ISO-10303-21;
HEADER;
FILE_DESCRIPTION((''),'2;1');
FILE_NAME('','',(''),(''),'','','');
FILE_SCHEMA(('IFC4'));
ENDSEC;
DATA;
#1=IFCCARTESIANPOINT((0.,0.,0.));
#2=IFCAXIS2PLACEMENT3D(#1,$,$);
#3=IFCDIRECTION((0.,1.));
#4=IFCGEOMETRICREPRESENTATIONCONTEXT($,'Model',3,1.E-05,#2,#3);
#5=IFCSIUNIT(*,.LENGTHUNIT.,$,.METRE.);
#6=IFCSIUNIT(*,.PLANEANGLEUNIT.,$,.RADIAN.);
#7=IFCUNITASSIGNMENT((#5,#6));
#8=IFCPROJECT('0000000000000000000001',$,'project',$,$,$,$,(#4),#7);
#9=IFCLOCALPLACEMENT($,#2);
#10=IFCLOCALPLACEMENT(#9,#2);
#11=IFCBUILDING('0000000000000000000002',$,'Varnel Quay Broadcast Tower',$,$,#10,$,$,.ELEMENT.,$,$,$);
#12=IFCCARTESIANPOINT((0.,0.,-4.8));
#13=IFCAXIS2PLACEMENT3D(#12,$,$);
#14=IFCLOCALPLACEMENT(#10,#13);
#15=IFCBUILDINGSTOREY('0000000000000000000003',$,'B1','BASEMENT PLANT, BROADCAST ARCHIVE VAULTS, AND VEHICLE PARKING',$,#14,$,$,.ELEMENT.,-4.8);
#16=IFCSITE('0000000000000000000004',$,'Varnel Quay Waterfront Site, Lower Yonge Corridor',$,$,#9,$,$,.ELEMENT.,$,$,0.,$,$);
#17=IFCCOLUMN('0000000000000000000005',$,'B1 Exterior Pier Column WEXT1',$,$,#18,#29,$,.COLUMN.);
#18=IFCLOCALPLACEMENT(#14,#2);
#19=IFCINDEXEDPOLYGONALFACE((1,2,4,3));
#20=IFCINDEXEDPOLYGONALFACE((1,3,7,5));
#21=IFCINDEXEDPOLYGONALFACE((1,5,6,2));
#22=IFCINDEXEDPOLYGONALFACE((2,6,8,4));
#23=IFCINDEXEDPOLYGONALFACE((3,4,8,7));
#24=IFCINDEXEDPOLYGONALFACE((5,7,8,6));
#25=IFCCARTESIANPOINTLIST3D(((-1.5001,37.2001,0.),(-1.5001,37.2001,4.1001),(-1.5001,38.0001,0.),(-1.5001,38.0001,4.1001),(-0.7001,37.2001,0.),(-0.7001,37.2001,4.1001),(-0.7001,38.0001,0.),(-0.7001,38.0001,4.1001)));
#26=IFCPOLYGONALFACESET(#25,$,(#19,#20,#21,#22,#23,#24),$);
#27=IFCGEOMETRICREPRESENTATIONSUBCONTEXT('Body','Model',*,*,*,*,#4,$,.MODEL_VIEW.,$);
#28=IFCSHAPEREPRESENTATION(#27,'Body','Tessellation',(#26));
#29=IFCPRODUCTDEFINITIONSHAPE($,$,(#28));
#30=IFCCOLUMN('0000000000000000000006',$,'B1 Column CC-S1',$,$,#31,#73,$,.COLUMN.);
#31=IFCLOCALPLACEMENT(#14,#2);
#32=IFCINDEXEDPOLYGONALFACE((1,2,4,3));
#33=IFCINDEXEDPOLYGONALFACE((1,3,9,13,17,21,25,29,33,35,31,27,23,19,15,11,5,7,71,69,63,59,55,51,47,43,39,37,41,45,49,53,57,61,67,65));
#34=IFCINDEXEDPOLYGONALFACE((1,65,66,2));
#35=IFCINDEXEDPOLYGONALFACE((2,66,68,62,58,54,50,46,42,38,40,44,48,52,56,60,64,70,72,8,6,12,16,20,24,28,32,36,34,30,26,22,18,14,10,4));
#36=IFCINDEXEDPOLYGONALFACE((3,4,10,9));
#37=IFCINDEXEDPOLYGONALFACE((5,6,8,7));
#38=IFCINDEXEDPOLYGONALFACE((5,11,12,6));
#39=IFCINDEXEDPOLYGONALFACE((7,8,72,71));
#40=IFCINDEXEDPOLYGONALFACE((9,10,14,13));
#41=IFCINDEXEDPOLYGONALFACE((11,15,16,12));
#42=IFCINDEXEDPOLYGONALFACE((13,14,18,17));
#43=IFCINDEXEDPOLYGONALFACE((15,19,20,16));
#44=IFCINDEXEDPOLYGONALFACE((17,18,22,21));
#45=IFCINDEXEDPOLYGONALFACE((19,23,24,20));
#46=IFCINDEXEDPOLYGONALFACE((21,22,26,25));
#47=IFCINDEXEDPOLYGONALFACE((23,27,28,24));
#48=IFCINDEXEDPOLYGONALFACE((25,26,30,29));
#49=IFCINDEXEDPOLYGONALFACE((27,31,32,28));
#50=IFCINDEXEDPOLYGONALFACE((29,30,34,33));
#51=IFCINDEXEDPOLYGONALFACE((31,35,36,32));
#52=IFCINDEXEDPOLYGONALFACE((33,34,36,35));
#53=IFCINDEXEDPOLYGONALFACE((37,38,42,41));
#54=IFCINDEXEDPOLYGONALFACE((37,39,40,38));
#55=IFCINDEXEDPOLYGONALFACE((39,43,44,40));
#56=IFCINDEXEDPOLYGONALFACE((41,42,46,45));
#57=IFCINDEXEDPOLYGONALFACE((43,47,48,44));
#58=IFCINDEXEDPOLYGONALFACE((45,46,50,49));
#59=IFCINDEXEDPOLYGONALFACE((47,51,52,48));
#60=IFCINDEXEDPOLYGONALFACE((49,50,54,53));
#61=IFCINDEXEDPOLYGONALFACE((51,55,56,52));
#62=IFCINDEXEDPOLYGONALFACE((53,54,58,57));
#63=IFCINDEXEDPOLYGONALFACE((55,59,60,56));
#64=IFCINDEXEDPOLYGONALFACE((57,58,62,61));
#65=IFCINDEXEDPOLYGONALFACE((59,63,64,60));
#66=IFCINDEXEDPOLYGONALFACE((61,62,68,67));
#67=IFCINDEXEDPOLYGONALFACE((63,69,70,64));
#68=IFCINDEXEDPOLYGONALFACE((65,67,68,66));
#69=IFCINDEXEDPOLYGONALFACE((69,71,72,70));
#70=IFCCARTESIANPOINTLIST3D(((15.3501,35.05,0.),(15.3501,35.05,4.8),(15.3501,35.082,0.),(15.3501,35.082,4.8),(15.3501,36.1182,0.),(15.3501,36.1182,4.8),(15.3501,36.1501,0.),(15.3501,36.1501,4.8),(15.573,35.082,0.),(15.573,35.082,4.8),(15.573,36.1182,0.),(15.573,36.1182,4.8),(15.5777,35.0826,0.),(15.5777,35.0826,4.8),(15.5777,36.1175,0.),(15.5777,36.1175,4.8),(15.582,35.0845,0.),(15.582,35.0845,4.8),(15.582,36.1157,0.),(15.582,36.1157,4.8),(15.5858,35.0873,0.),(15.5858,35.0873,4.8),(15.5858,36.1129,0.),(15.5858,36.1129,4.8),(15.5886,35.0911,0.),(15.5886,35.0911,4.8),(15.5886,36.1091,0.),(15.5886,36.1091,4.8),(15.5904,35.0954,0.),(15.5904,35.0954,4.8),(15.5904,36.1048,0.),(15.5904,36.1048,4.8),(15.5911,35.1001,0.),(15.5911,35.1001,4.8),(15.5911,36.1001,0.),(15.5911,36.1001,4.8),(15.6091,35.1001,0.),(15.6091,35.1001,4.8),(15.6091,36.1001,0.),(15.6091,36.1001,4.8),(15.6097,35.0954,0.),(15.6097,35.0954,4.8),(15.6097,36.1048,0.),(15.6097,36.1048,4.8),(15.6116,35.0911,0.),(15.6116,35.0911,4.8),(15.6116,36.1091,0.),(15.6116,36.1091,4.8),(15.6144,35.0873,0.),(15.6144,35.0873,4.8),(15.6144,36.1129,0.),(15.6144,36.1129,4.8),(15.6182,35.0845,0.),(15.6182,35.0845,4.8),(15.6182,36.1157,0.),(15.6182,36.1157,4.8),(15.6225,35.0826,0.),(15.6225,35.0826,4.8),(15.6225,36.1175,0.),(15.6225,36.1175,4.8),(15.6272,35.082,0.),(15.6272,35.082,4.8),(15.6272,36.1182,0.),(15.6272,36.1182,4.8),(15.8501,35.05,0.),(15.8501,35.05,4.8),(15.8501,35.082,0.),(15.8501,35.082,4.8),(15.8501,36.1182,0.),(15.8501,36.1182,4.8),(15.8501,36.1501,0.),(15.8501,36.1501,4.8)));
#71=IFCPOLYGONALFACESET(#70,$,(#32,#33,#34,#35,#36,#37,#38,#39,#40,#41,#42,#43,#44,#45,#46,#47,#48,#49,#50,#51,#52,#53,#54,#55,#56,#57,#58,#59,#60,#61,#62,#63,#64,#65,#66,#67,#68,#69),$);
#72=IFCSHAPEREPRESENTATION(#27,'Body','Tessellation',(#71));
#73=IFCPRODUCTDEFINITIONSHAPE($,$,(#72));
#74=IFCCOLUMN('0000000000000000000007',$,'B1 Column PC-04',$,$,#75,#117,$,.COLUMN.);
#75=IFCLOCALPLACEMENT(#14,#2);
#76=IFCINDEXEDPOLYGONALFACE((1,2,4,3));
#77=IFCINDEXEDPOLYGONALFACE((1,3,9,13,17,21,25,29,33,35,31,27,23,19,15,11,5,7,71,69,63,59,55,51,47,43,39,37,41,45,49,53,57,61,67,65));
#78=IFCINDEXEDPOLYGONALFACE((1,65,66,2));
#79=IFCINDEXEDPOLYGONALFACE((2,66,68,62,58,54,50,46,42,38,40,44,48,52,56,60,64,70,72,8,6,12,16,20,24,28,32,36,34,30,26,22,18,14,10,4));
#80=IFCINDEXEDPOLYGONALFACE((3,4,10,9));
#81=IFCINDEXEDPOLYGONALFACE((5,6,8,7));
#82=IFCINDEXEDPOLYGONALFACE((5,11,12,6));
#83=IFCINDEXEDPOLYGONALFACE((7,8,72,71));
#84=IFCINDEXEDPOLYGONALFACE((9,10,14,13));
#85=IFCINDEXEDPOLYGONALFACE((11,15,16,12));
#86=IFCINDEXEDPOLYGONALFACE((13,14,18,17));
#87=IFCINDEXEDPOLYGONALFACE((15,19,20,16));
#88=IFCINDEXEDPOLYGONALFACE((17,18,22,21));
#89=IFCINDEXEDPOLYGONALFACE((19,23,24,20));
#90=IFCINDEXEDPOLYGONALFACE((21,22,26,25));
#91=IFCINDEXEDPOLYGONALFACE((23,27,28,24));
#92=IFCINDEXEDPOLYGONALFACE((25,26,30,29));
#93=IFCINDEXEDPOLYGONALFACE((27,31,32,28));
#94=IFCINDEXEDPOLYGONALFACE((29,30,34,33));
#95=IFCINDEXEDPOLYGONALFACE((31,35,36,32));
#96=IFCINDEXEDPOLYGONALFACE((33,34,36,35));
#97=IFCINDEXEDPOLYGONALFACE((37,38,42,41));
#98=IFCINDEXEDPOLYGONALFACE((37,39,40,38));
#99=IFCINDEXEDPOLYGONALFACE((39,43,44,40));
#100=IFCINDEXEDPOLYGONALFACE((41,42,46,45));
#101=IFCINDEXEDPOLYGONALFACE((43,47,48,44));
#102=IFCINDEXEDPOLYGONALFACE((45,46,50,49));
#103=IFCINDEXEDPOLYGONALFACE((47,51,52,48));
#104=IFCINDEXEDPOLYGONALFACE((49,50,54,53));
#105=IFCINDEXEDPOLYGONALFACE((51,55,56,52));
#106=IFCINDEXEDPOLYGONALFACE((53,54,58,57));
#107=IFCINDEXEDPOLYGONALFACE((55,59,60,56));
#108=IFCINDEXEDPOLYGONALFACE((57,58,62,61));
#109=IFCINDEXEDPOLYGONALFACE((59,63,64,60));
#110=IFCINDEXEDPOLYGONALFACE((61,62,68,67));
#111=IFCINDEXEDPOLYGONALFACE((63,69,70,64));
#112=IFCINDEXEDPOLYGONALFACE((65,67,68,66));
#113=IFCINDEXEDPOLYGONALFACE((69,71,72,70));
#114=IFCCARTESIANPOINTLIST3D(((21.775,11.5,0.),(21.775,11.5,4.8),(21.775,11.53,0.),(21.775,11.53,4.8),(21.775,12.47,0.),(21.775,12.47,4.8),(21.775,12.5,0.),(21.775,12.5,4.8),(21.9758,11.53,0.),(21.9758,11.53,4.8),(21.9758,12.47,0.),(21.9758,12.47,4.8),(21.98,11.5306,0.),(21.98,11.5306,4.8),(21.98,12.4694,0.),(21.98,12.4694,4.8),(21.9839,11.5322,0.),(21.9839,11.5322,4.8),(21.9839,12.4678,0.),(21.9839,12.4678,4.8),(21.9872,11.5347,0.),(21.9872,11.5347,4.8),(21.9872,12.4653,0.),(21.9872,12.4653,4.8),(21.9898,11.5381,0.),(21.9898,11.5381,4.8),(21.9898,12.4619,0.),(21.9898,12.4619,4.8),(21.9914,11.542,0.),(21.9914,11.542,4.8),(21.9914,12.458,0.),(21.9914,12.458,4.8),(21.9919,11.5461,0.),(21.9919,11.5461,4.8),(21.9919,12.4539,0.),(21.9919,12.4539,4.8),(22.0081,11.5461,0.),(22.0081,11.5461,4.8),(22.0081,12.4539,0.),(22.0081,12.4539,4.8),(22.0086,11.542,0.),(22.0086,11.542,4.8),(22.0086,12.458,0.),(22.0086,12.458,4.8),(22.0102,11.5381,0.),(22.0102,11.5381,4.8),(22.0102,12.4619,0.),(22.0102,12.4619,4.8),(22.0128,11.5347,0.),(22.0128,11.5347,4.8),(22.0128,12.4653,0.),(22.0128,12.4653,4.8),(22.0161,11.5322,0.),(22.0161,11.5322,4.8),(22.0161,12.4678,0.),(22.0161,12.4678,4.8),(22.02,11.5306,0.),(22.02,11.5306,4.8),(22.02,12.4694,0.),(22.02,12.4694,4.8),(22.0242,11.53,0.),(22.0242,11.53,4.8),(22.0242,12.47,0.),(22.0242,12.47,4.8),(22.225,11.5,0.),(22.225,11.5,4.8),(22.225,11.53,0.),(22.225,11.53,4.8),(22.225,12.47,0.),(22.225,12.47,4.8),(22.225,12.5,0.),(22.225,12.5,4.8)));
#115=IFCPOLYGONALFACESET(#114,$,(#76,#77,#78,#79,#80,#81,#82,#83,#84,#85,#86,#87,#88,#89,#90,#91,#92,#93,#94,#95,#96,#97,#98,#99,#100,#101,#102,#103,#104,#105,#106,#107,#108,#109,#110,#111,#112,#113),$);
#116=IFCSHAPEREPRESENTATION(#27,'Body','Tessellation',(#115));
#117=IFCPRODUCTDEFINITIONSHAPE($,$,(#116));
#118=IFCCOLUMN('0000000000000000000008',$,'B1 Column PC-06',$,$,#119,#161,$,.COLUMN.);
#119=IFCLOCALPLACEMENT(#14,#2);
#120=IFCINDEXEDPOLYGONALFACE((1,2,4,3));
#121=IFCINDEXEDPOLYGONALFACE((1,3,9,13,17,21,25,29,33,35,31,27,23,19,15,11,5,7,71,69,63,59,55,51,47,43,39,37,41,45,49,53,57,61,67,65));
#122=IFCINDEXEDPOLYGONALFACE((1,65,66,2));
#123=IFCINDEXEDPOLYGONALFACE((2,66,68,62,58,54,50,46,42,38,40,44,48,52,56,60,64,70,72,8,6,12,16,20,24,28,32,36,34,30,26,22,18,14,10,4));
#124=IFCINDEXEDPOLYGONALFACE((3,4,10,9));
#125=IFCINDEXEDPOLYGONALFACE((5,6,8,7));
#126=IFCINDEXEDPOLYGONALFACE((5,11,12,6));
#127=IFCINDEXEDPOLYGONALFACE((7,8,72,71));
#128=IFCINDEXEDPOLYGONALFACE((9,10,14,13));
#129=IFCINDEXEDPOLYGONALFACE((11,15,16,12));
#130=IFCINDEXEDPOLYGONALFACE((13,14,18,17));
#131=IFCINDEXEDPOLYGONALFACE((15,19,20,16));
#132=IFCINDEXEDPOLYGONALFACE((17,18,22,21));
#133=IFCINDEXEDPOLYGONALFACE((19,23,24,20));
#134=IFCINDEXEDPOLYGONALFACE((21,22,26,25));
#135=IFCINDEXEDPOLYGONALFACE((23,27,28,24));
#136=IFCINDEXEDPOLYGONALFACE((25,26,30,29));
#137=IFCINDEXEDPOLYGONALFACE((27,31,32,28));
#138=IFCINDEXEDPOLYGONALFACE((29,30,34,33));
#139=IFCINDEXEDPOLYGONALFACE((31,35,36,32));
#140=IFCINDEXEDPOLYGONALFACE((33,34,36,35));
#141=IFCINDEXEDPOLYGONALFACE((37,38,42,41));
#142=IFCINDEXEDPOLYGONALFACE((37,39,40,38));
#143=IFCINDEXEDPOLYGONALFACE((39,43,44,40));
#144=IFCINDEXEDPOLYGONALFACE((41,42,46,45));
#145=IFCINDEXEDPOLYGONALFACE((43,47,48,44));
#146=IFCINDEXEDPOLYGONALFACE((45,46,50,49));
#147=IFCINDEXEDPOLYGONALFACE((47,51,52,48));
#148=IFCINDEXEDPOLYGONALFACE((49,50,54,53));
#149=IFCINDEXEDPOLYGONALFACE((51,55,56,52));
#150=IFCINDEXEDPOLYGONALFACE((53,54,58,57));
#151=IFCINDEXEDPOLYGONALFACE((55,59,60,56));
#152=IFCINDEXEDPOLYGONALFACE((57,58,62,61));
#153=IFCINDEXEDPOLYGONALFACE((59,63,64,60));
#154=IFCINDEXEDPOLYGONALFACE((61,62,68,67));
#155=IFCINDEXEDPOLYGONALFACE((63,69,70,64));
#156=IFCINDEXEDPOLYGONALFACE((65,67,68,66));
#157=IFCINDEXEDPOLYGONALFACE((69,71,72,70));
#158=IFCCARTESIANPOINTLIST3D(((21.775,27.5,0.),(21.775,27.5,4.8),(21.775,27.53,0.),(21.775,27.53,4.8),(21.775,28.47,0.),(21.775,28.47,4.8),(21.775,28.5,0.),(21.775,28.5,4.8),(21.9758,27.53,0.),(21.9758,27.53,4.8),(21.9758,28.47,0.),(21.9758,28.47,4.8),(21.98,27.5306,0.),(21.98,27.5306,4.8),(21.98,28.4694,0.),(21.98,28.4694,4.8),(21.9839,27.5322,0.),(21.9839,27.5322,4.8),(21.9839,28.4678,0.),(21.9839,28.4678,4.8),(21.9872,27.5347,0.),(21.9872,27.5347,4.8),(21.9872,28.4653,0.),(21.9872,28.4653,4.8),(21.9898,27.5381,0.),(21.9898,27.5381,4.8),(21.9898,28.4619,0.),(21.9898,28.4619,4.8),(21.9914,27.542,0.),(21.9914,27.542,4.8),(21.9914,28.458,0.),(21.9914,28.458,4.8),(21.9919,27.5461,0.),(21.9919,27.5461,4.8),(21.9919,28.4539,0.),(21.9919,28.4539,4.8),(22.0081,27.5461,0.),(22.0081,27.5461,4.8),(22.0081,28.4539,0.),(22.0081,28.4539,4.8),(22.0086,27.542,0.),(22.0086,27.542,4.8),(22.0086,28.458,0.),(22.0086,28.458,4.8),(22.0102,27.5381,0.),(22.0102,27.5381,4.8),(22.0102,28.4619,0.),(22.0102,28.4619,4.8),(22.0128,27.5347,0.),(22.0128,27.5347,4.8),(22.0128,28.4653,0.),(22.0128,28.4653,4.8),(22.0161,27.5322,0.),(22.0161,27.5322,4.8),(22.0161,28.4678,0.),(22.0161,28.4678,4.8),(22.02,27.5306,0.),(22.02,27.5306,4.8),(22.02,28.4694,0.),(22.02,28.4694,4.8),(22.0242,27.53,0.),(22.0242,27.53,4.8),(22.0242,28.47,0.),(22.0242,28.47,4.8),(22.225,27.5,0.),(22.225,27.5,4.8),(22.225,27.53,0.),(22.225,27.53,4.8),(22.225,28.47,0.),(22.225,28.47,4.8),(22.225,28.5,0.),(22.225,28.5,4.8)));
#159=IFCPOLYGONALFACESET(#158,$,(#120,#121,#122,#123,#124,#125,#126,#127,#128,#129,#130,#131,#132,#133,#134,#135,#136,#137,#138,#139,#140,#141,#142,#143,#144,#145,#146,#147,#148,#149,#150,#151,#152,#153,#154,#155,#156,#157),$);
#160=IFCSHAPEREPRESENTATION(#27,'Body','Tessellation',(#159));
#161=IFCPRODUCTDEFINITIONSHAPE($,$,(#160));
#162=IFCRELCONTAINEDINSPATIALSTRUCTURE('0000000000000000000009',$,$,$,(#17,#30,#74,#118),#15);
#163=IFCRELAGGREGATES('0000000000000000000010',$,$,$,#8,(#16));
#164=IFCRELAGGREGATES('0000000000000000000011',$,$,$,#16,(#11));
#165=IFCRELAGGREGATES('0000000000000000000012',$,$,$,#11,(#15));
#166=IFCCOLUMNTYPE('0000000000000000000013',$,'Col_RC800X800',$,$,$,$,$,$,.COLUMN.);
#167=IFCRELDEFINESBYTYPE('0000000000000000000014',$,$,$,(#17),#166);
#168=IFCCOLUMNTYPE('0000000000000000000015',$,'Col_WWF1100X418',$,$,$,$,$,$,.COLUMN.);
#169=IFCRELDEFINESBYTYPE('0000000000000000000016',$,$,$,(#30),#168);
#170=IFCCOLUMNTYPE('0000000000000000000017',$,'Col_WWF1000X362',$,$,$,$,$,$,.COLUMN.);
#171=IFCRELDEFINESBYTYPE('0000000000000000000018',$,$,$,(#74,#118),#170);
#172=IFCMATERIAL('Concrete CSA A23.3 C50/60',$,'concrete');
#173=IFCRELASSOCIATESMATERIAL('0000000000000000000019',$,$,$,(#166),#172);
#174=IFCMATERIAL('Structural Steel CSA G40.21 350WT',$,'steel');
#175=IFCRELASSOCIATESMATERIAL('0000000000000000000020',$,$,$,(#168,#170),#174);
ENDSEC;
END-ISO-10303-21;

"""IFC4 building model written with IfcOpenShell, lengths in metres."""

from ifc_helpers import new_model, si_unit, direction, frame, origin, origin_2d, place, context, subcontext, project, spatial, rectangle, i_section, extrude, source, transform, mapped, material, material_profile, profile_set, type_object, type_shapes, element, save


model = new_model("IFC4")

# Units and contexts
model_context = context("Model", 3, precision=1e-05, world=origin(), true_north=direction((0.0, 1.0)))
body_context = subcontext(model_context, "Body", "Model", "MODEL_VIEW")
ifc_project = project(units=[si_unit("LENGTHUNIT", "METRE"), si_unit("PLANEANGLEUNIT", "RADIAN")], contexts=[model_context])

# Site, building, storey
site_placement = place(None, origin())
site = spatial("IfcSite", under=ifc_project, at=site_placement, Name="Varnel Quay Waterfront Site, Lower Yonge Corridor", CompositionType="ELEMENT", RefElevation=0.0)
building_placement = place(site_placement, origin())
building = spatial("IfcBuilding", under=site, at=building_placement, Name="Varnel Quay Broadcast Tower", CompositionType="ELEMENT")
storey_placement = place(building_placement, frame((0.0, 0.0, -4.8)))
storey = spatial("IfcBuildingStorey", under=building, at=storey_placement, Name="B1", Description="BASEMENT PLANT, BROADCAST ARCHIVE VAULTS, AND VEHICLE PARKING", CompositionType="ELEMENT", Elevation=-4.8)

# Columns
ifc_material_1 = material(Name="Concrete CSA A23.3 C50/60", Category="concrete")
ifc_material_profile_1 = material_profile(ifc_material_1, rectangle(XDim=0.8, YDim=0.8, at=origin_2d()), Name="RC800X800")
ifc_profile_set_1 = profile_set([ifc_material_profile_1], Name="Concrete CSA A23.3 C50/60")
column_type_1 = type_object("IfcColumnType", Name="Col_RC800X800", PredefinedType="COLUMN", material=ifc_profile_set_1)
shared_shape_1 = source(origin(), body_context, "Body", "SweptSolid", [
    extrude(rectangle(XDim=0.8, YDim=0.8, at=origin_2d()), origin(), (0.0, 0.0, 1.0), 4.1001),
])
type_shapes(column_type_1, [shared_shape_1])
column_1_placement = place(storey_placement, frame((-1.1001, 37.6001, 0.0), z_axis=(0.0, 0.0, 1.0), x_axis=(1.0, 0.0, 0.0)))
element("IfcColumn", 1, at=column_1_placement, inside=storey, type_object=column_type_1, Name="B1 Exterior Pier Column WEXT1", PredefinedType="COLUMN", context=body_context, shape_type="MappedRepresentation", body=[
    mapped(shared_shape_1, transform((0.0, 0.0, 0.0), x_axis=(1.0, 0.0, 0.0), y_axis=(0.0, 1.0, 0.0), z_axis=(0.0, 0.0, 1.0), scale=1.0)),
])
ifc_material_2 = material(Name="Structural Steel CSA G40.21 350WT", Category="steel")
ifc_material_profile_2 = material_profile(ifc_material_2, i_section(OverallWidth=0.5, OverallDepth=1.1001, WebThickness=0.0181, FlangeThickness=0.032, FilletRadius=0.0181, at=origin_2d()), Name="WWF1100X418")
ifc_profile_set_2 = profile_set([ifc_material_profile_2], Name="Structural Steel CSA G40.21 350WT")
column_type_2 = type_object("IfcColumnType", Name="Col_WWF1100X418", PredefinedType="COLUMN", material=ifc_profile_set_2)
shared_shape_2 = source(origin(), body_context, "Body", "SweptSolid", [
    extrude(i_section(OverallWidth=0.5, OverallDepth=1.1001, WebThickness=0.0181, FlangeThickness=0.032, FilletRadius=0.0181, at=origin_2d()), origin(), (0.0, 0.0, 1.0), 4.8),
])
type_shapes(column_type_2, [shared_shape_2])
column_2_placement = place(storey_placement, frame((15.6001, 35.6001, 0.0), z_axis=(0.0, 0.0, 1.0), x_axis=(1.0, 0.0, 0.0)))
element("IfcColumn", 2, at=column_2_placement, inside=storey, type_object=column_type_2, Name="B1 Column CC-S1", PredefinedType="COLUMN", context=body_context, shape_type="MappedRepresentation", body=[
    mapped(shared_shape_2, transform((0.0, 0.0, 0.0), x_axis=(1.0, 0.0, 0.0), y_axis=(0.0, 1.0, 0.0), z_axis=(0.0, 0.0, 1.0), scale=1.0)),
])
ifc_material_profile_3 = material_profile(ifc_material_2, i_section(OverallWidth=0.45, OverallDepth=1.0, WebThickness=0.0161, FlangeThickness=0.03, FilletRadius=0.0161, at=origin_2d()), Name="WWF1000X362")
ifc_profile_set_3 = profile_set([ifc_material_profile_3], Name="Structural Steel CSA G40.21 350WT")
column_type_3 = type_object("IfcColumnType", Name="Col_WWF1000X362", PredefinedType="COLUMN", material=ifc_profile_set_3)
shared_shape_3 = source(origin(), body_context, "Body", "SweptSolid", [
    extrude(i_section(OverallWidth=0.45, OverallDepth=1.0, WebThickness=0.0161, FlangeThickness=0.03, FilletRadius=0.0161, at=origin_2d()), origin(), (0.0, 0.0, 1.0), 4.8),
])
type_shapes(column_type_3, [shared_shape_3])
for number, where, z_axis, x_axis, name in (
    (3, (22.0, 12.0, 0.0), (0.0, 0.0, 1.0), (1.0, 0.0, 0.0), "B1 Column PC-04"),
    (4, (22.0, 28.0, 0.0), (0.0, 0.0, 1.0), (1.0, 0.0, 0.0), "B1 Column PC-06"),
):
    element("IfcColumn", number, at=place(storey_placement, frame(where, z_axis=z_axis, x_axis=x_axis)), inside=storey, type_object=column_type_3, Name=name, PredefinedType="COLUMN", context=body_context, shape_type="MappedRepresentation", body=[
        mapped(shared_shape_3, transform((0.0, 0.0, 0.0), x_axis=(1.0, 0.0, 0.0), y_axis=(0.0, 1.0, 0.0), z_axis=(0.0, 0.0, 1.0), scale=1.0)),
    ])

save(model, "model.ifc")
